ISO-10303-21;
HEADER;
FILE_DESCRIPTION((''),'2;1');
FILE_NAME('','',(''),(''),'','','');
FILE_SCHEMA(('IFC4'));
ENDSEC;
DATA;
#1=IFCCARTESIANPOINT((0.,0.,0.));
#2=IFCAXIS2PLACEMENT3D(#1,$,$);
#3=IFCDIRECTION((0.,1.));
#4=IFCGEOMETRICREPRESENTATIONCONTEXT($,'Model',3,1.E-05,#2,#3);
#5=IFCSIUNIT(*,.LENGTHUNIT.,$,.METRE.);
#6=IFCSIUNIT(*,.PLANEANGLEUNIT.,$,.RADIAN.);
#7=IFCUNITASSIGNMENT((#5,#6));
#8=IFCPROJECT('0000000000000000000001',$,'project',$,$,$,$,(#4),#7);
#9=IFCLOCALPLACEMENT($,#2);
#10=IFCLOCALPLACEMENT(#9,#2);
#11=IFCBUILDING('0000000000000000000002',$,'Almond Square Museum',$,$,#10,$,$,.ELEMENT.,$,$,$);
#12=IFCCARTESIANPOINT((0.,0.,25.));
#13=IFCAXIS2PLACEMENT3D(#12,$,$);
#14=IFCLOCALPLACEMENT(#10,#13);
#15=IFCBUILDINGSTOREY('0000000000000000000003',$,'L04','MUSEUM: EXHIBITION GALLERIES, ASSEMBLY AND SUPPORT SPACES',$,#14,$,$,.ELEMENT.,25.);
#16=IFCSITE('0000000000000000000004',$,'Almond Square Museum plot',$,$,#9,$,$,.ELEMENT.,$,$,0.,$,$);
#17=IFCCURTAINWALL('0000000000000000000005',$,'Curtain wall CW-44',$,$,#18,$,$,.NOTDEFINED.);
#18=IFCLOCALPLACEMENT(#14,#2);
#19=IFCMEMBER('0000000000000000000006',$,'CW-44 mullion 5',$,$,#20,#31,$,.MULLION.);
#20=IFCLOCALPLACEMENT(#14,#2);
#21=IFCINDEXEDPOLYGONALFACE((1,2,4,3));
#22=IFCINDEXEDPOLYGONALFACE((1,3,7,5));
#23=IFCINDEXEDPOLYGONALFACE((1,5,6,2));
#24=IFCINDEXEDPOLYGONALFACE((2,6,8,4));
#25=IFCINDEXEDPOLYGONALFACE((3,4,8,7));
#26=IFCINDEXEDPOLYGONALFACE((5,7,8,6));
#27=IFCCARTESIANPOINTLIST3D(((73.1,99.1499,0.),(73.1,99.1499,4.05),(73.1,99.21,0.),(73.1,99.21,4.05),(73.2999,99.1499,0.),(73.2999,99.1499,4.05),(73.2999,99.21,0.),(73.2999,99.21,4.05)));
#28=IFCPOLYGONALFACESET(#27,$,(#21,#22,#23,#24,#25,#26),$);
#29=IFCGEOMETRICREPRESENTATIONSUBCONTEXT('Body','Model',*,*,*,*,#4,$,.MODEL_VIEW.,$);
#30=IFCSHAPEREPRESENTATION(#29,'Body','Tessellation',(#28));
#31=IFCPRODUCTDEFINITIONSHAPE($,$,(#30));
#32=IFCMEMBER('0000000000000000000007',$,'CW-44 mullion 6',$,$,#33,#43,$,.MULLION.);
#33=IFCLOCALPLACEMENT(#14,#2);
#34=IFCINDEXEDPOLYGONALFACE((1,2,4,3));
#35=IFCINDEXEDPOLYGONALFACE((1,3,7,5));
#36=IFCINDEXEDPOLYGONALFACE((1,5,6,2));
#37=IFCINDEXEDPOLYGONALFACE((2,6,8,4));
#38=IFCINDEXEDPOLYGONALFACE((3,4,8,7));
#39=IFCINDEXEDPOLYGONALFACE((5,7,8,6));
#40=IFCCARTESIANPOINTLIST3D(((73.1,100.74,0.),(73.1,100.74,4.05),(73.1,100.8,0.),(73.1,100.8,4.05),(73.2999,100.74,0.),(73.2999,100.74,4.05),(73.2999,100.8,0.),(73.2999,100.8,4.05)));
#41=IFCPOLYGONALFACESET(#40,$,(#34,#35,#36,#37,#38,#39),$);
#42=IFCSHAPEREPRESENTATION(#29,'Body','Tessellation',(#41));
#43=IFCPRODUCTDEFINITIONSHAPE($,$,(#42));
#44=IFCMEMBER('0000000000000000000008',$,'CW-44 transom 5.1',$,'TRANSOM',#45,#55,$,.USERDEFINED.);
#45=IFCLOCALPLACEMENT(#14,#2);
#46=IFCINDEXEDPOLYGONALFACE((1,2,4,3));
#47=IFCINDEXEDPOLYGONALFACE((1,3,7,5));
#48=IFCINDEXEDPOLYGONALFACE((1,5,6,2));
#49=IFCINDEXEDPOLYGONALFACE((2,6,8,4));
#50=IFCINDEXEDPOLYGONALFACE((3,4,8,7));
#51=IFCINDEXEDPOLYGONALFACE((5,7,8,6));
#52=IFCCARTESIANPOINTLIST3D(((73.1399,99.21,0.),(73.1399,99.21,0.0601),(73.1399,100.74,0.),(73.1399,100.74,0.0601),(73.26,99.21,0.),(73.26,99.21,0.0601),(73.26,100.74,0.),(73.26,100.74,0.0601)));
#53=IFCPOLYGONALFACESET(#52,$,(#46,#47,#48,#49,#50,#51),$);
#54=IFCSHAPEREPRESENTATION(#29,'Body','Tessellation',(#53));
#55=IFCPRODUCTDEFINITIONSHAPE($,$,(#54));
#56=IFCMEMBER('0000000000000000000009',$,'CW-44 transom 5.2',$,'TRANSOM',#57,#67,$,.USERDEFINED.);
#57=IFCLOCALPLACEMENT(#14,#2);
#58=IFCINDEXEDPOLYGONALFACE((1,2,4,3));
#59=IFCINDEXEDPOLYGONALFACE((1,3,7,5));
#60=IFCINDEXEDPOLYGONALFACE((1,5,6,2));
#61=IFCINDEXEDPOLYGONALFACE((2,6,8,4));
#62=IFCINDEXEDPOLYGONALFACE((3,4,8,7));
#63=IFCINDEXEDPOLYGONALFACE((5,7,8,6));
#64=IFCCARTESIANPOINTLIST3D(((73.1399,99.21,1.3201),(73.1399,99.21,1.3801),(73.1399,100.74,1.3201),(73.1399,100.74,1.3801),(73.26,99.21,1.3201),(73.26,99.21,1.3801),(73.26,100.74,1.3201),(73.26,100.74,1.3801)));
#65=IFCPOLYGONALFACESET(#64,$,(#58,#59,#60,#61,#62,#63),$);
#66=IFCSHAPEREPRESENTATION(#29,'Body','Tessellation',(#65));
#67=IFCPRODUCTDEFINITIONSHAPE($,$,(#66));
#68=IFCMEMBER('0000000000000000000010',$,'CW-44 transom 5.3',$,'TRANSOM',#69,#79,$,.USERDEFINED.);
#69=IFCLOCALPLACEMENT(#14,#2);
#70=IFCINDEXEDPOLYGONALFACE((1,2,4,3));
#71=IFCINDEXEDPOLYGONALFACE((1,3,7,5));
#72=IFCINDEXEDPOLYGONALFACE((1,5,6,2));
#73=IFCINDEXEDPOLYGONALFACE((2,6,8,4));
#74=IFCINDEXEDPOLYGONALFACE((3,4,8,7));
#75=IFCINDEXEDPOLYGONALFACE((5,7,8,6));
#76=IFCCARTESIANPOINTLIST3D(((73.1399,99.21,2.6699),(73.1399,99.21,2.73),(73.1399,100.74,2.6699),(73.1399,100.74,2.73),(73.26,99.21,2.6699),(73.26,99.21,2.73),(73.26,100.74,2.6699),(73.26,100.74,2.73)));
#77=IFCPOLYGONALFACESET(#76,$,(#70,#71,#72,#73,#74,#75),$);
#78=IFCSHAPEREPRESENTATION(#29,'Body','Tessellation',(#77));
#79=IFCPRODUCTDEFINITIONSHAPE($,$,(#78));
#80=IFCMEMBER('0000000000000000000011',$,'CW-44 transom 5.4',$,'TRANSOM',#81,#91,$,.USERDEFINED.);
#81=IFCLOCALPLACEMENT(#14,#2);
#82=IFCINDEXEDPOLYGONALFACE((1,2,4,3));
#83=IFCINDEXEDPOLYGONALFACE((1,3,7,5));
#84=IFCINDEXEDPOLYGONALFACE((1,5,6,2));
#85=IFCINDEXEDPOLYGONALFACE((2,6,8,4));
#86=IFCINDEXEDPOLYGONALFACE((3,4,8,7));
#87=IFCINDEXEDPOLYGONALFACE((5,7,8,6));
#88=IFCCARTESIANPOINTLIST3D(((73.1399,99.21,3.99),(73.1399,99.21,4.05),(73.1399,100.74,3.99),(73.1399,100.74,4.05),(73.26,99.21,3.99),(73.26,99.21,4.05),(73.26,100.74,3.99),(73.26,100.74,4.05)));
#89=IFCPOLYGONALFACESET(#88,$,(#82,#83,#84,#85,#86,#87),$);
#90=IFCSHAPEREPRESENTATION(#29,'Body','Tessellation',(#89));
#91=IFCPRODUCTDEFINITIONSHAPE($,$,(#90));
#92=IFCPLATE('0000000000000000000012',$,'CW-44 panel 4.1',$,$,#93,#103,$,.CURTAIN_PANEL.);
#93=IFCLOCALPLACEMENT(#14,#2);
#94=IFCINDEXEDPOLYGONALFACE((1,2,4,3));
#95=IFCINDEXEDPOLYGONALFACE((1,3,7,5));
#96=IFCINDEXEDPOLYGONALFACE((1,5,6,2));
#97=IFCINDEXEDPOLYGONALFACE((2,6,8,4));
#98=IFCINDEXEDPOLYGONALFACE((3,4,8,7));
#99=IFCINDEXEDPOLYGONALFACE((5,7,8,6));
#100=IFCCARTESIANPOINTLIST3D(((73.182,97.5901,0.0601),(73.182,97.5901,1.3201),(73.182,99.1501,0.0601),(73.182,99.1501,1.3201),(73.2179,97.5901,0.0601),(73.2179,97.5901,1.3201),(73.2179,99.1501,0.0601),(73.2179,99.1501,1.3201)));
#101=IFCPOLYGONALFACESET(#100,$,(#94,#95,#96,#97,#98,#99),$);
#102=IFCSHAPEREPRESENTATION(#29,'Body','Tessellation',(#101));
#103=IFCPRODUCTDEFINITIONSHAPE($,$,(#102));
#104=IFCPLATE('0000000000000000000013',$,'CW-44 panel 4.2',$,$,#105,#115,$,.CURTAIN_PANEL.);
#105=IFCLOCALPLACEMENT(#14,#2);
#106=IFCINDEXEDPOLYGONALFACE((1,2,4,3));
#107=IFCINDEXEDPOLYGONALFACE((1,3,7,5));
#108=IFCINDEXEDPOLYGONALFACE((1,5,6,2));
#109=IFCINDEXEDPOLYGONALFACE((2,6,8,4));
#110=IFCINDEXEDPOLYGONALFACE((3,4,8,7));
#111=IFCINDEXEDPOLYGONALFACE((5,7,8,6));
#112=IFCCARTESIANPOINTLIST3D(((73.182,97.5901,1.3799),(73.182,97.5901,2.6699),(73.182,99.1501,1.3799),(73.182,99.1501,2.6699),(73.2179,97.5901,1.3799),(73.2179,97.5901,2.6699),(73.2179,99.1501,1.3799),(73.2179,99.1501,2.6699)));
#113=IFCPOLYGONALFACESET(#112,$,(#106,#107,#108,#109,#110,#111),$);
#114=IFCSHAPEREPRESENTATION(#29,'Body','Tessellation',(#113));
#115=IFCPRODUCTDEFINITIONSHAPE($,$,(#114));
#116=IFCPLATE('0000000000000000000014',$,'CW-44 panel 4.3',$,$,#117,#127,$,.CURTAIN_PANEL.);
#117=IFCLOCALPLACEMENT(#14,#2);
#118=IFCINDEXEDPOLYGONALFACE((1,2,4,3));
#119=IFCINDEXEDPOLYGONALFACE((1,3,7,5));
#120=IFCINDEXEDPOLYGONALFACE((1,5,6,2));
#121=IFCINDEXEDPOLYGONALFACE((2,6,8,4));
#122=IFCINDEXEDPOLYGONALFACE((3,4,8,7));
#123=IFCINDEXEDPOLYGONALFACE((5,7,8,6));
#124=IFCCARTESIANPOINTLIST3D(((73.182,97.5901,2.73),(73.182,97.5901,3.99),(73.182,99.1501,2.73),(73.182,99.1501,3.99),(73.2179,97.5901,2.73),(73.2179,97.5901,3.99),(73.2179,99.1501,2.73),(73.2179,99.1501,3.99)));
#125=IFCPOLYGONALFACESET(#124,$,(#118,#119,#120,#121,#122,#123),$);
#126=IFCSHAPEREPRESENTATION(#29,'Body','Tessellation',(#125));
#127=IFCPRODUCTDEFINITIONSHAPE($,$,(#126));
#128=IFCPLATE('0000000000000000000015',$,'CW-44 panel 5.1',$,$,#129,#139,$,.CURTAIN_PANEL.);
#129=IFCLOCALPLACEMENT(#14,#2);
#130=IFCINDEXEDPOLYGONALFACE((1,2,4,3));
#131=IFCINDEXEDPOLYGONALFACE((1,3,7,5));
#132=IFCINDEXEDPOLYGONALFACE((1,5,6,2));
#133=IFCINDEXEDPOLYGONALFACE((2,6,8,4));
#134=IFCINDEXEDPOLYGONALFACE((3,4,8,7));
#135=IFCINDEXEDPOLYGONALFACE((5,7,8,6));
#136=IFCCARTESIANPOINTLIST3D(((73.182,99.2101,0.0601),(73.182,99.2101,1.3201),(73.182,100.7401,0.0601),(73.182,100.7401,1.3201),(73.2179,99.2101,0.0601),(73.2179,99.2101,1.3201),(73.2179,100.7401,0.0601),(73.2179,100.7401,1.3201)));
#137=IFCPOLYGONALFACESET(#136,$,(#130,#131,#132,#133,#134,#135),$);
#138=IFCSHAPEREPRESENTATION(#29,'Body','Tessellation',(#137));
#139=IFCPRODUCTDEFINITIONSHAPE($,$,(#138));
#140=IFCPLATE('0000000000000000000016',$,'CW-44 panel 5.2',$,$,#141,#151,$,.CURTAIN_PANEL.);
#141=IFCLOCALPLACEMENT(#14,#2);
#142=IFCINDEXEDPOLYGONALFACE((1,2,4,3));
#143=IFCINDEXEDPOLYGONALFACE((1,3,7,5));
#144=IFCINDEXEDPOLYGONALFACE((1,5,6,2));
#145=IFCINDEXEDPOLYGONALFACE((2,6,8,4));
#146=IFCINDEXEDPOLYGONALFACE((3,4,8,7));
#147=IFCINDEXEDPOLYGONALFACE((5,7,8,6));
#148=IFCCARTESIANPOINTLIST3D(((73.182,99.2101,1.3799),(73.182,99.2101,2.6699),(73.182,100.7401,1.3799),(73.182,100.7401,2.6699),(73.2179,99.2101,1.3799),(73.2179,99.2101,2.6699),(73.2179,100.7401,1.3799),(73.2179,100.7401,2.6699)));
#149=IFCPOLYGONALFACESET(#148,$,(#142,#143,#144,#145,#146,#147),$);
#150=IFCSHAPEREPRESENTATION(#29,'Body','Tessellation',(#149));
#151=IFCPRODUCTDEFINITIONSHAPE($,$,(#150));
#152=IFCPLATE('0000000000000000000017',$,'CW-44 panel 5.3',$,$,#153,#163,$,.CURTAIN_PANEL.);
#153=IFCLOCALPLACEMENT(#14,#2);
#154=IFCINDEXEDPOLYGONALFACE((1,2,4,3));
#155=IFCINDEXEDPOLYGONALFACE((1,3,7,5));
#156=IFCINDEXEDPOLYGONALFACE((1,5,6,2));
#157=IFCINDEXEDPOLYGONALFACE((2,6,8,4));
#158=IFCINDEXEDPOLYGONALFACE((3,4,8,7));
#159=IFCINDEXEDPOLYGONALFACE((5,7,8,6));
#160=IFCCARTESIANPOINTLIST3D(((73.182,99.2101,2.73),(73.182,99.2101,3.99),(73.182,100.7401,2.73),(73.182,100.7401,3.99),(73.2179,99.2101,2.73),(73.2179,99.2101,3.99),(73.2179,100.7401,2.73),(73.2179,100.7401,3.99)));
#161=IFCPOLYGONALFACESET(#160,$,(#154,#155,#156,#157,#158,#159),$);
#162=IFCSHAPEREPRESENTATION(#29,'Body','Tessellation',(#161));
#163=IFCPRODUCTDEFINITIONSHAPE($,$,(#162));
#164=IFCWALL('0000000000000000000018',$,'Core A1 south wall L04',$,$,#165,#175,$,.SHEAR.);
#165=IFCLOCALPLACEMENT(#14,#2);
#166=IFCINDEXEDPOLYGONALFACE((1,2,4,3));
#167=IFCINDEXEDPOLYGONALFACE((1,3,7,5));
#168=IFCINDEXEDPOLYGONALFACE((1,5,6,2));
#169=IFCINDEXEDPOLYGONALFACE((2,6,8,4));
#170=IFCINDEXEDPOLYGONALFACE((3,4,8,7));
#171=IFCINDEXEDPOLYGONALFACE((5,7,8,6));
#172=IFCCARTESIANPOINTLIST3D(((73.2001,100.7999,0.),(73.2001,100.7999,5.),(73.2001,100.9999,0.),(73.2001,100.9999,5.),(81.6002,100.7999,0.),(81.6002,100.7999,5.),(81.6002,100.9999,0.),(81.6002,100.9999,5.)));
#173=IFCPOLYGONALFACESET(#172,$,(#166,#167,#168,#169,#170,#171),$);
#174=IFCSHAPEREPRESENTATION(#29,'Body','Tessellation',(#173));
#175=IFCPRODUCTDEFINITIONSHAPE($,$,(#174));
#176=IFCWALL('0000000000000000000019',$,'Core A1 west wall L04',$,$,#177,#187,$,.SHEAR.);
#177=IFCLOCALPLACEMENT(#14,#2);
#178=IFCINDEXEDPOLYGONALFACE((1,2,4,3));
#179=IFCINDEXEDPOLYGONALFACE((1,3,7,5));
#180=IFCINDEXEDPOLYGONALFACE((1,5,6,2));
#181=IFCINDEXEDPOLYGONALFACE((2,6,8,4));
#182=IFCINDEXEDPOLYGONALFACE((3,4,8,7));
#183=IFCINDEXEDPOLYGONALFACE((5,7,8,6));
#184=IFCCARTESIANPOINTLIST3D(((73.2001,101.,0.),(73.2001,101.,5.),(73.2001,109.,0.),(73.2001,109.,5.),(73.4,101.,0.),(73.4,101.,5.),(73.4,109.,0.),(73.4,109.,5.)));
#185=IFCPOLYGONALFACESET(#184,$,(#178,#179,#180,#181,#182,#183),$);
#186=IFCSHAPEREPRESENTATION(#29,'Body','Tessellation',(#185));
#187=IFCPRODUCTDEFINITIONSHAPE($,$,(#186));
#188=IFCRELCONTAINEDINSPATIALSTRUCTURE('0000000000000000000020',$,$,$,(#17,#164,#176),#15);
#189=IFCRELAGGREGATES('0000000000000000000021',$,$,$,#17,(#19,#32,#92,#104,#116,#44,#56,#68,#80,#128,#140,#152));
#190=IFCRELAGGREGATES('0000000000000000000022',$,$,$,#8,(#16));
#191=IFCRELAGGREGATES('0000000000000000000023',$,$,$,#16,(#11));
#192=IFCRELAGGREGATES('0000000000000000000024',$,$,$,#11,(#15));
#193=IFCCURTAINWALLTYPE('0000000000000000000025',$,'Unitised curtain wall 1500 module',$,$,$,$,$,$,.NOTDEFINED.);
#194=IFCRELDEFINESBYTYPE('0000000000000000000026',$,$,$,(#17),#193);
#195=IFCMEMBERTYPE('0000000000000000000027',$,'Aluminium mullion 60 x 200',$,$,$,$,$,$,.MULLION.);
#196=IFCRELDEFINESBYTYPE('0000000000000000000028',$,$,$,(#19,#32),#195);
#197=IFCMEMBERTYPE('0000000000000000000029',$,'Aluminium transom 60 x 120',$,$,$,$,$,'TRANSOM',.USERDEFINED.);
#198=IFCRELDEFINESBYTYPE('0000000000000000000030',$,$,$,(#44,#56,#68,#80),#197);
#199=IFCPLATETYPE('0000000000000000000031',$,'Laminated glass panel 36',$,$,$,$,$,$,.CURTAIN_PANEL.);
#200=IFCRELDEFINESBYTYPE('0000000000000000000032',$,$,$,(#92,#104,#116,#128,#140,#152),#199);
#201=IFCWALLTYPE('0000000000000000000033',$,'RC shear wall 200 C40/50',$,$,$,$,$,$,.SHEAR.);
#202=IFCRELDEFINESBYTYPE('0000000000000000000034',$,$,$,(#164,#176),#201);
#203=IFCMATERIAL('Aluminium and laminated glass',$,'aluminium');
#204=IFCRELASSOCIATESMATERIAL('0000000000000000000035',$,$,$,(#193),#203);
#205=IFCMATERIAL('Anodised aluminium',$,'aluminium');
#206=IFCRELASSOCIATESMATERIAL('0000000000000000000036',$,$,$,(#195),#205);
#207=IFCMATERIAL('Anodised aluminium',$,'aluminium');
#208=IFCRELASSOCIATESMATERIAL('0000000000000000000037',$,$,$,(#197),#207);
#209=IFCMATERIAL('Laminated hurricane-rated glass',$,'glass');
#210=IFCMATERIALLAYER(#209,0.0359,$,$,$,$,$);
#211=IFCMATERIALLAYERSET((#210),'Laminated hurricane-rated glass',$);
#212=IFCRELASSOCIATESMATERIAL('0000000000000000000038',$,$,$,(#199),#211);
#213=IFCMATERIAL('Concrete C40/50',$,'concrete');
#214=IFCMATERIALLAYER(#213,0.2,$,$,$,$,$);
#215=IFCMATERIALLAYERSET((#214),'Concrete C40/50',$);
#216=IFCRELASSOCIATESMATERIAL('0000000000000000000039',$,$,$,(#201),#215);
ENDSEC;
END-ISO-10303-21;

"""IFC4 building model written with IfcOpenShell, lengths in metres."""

from ifc_helpers import new_model, si_unit, direction, frame, frame_2d, origin, origin_2d, place, context, subcontext, project, spatial, rectangle, extrude, material, layer, layer_set, material_profile, profile_set, type_object, element, aggregate, save


model = new_model("IFC4")

# Units and contexts
model_context = context("Model", 3, precision=1e-05, world=origin(), true_north=direction((0.0, 1.0)))
body_context = subcontext(model_context, "Body", "Model", "MODEL_VIEW")
ifc_project = project(units=[si_unit("LENGTHUNIT", "METRE"), si_unit("PLANEANGLEUNIT", "RADIAN")], contexts=[model_context])

# Site, building, storey
site_placement = place(None, origin())
site = spatial("IfcSite", under=ifc_project, at=site_placement, Name="Almond Square Museum plot", CompositionType="ELEMENT", RefElevation=0.0)
building_placement = place(site_placement, origin())
building = spatial("IfcBuilding", under=site, at=building_placement, Name="Almond Square Museum", CompositionType="ELEMENT")
storey_placement = place(building_placement, frame((0.0, 0.0, 25.0)))
storey = spatial("IfcBuildingStorey", under=building, at=storey_placement, Name="L04", Description="MUSEUM: EXHIBITION GALLERIES, ASSEMBLY AND SUPPORT SPACES", CompositionType="ELEMENT", Elevation=25.0)

# Curtain wall, members, plates
ifc_material_1 = material(Name="Aluminium and laminated glass", Category="aluminium")
curtain_wall_type = type_object("IfcCurtainWallType", Name="Unitised curtain wall 1500 module", PredefinedType="NOTDEFINED", material=ifc_material_1)
curtain_wall_placement = place(storey_placement, origin())
curtain_wall = element("IfcCurtainWall", 1, at=curtain_wall_placement, inside=storey, type_object=curtain_wall_type, Name="Curtain wall CW-44", PredefinedType="NOTDEFINED")
ifc_material_2 = material(Name="Anodised aluminium", Category="aluminium")
ifc_material_profile_1 = material_profile(ifc_material_2, rectangle(XDim=0.2, YDim=0.0601, at=origin_2d()))
ifc_profile_set_1 = profile_set([ifc_material_profile_1], Name="Anodised aluminium")
member_type_1 = type_object("IfcMemberType", Name="Aluminium mullion 60 x 200", PredefinedType="MULLION", material=ifc_profile_set_1)
member_1_placement = place(storey_placement, frame((73.2, 99.1799, 0.0), z_axis=(0.0, 0.0, 1.0), x_axis=(-1.0, 0.0, 0.0)))
member_1 = element("IfcMember", 2, at=member_1_placement, type_object=member_type_1, Name="CW-44 mullion 5", PredefinedType="MULLION", context=body_context, shape_type="SweptSolid", body=[
    extrude(rectangle(XDim=0.2, YDim=0.0601, at=origin_2d()), origin(), (0.0, 0.0, 1.0), 4.05),
])
member_2_placement = place(storey_placement, frame((73.2, 100.77, 0.0), z_axis=(0.0, 0.0, 1.0), x_axis=(-1.0, 0.0, 0.0)))
member_2 = element("IfcMember", 3, at=member_2_placement, type_object=member_type_1, Name="CW-44 mullion 6", PredefinedType="MULLION", context=body_context, shape_type="SweptSolid", body=[
    extrude(rectangle(XDim=0.2, YDim=0.0601, at=origin_2d()), origin(), (0.0, 0.0, 1.0), 4.05),
])
ifc_material_3 = material(Name="Anodised aluminium", Category="aluminium")
ifc_material_profile_2 = material_profile(ifc_material_3, rectangle(XDim=0.1201, YDim=0.0601, at=origin_2d()))
ifc_profile_set_2 = profile_set([ifc_material_profile_2], Name="Anodised aluminium")
member_type_2 = type_object("IfcMemberType", Name="Aluminium transom 60 x 120", ElementType="TRANSOM", PredefinedType="USERDEFINED", material=ifc_profile_set_2)
member_3_placement = place(storey_placement, frame((73.2, 99.21, 0.03), z_axis=(0.0, 1.0, 0.0), x_axis=(-1.0, 0.0, 0.0)))
member_3 = element("IfcMember", 4, at=member_3_placement, type_object=member_type_2, Name="CW-44 transom 5.1", ObjectType="TRANSOM", PredefinedType="USERDEFINED", context=body_context, shape_type="SweptSolid", body=[
    extrude(rectangle(XDim=0.1201, YDim=0.0601, at=origin_2d()), origin(), (0.0, 0.0, 1.0), 1.53),
])
member_4_placement = place(storey_placement, frame((73.2, 99.21, 1.3501), z_axis=(0.0, 1.0, 0.0), x_axis=(-1.0, 0.0, 0.0)))
member_4 = element("IfcMember", 5, at=member_4_placement, type_object=member_type_2, Name="CW-44 transom 5.2", ObjectType="TRANSOM", PredefinedType="USERDEFINED", context=body_context, shape_type="SweptSolid", body=[
    extrude(rectangle(XDim=0.1201, YDim=0.0601, at=origin_2d()), origin(), (0.0, 0.0, 1.0), 1.53),
])
member_5_placement = place(storey_placement, frame((73.2, 99.21, 2.7), z_axis=(0.0, 1.0, 0.0), x_axis=(-1.0, 0.0, 0.0)))
member_5 = element("IfcMember", 6, at=member_5_placement, type_object=member_type_2, Name="CW-44 transom 5.3", ObjectType="TRANSOM", PredefinedType="USERDEFINED", context=body_context, shape_type="SweptSolid", body=[
    extrude(rectangle(XDim=0.1201, YDim=0.0601, at=origin_2d()), origin(), (0.0, 0.0, 1.0), 1.53),
])
member_6_placement = place(storey_placement, frame((73.2, 99.21, 4.02), z_axis=(0.0, 1.0, 0.0), x_axis=(-1.0, 0.0, 0.0)))
member_6 = element("IfcMember", 7, at=member_6_placement, type_object=member_type_2, Name="CW-44 transom 5.4", ObjectType="TRANSOM", PredefinedType="USERDEFINED", context=body_context, shape_type="SweptSolid", body=[
    extrude(rectangle(XDim=0.1201, YDim=0.0601, at=origin_2d()), origin(), (0.0, 0.0, 1.0), 1.53),
])
ifc_material_4 = material(Name="Laminated hurricane-rated glass", Category="glass")
ifc_layer_1 = layer(ifc_material_4, 0.0359)
ifc_layer_set_1 = layer_set([ifc_layer_1], Name="Laminated hurricane-rated glass")
plate_type = type_object("IfcPlateType", Name="Laminated glass panel 36", PredefinedType="CURTAIN_PANEL", material=ifc_layer_set_1)
plate_1_placement = place(storey_placement, frame((73.2, 98.3701, 0.0601), z_axis=(0.0, 0.0, 1.0), x_axis=(0.0, 1.0, 0.0)))
plate_1 = element("IfcPlate", 8, at=plate_1_placement, type_object=plate_type, Name="CW-44 panel 4.1", PredefinedType="CURTAIN_PANEL", context=body_context, shape_type="SweptSolid", body=[
    extrude(rectangle(XDim=1.5601, YDim=0.0359, at=origin_2d()), origin(), (0.0, 0.0, 1.0), 1.26),
])
plate_2_placement = place(storey_placement, frame((73.2, 98.3701, 1.3799), z_axis=(0.0, 0.0, 1.0), x_axis=(0.0, 1.0, 0.0)))
plate_2 = element("IfcPlate", 9, at=plate_2_placement, type_object=plate_type, Name="CW-44 panel 4.2", PredefinedType="CURTAIN_PANEL", context=body_context, shape_type="SweptSolid", body=[
    extrude(rectangle(XDim=1.5601, YDim=0.0359, at=origin_2d()), origin(), (0.0, 0.0, 1.0), 1.29),
])
plate_3_placement = place(storey_placement, frame((73.2, 98.3701, 2.73), z_axis=(0.0, 0.0, 1.0), x_axis=(0.0, 1.0, 0.0)))
plate_3 = element("IfcPlate", 10, at=plate_3_placement, type_object=plate_type, Name="CW-44 panel 4.3", PredefinedType="CURTAIN_PANEL", context=body_context, shape_type="SweptSolid", body=[
    extrude(rectangle(XDim=1.5601, YDim=0.0359, at=origin_2d()), origin(), (0.0, 0.0, 1.0), 1.26),
])
plate_4_placement = place(storey_placement, frame((73.2, 99.9751, 0.0601), z_axis=(0.0, 0.0, 1.0), x_axis=(0.0, 1.0, 0.0)))
plate_4 = element("IfcPlate", 11, at=plate_4_placement, type_object=plate_type, Name="CW-44 panel 5.1", PredefinedType="CURTAIN_PANEL", context=body_context, shape_type="SweptSolid", body=[
    extrude(rectangle(XDim=1.53, YDim=0.0359, at=origin_2d()), origin(), (0.0, 0.0, 1.0), 1.26),
])
plate_5_placement = place(storey_placement, frame((73.2, 99.9751, 1.3799), z_axis=(0.0, 0.0, 1.0), x_axis=(0.0, 1.0, 0.0)))
plate_5 = element("IfcPlate", 12, at=plate_5_placement, type_object=plate_type, Name="CW-44 panel 5.2", PredefinedType="CURTAIN_PANEL", context=body_context, shape_type="SweptSolid", body=[
    extrude(rectangle(XDim=1.53, YDim=0.0359, at=origin_2d()), origin(), (0.0, 0.0, 1.0), 1.29),
])
plate_6_placement = place(storey_placement, frame((73.2, 99.9751, 2.73), z_axis=(0.0, 0.0, 1.0), x_axis=(0.0, 1.0, 0.0)))
plate_6 = element("IfcPlate", 13, at=plate_6_placement, type_object=plate_type, Name="CW-44 panel 5.3", PredefinedType="CURTAIN_PANEL", context=body_context, shape_type="SweptSolid", body=[
    extrude(rectangle(XDim=1.53, YDim=0.0359, at=origin_2d()), origin(), (0.0, 0.0, 1.0), 1.26),
])
aggregate(curtain_wall, [member_1, member_2, plate_1, plate_2, plate_3, member_3, member_4, member_5, member_6, plate_4, plate_5, plate_6])

# Walls
ifc_material_5 = material(Name="Concrete C40/50", Category="concrete")
ifc_layer_2 = layer(ifc_material_5, 0.2)
ifc_layer_set_2 = layer_set([ifc_layer_2], Name="Concrete C40/50")
wall_type = type_object("IfcWallType", Name="RC shear wall 200 C40/50", PredefinedType="SHEAR", material=ifc_layer_set_2)
wall_1_placement = place(storey_placement, frame((73.2, 100.8999, 0.0), z_axis=(0.0, 0.0, 1.0), x_axis=(1.0, 0.0, 0.0)))
element("IfcWall", 14, at=wall_1_placement, inside=storey, type_object=wall_type, Name="Core A1 south wall L04", PredefinedType="SHEAR", context=body_context, shape_type="SweptSolid", body=[
    extrude(rectangle(XDim=8.4001, YDim=0.2, at=frame_2d((4.2002, 0.0))), origin(), (0.0, 0.0, 1.0), 5.0),
])
wall_2_placement = place(storey_placement, frame((73.3, 101.0, 0.0), z_axis=(0.0, 0.0, 1.0), x_axis=(0.0, 1.0, 0.0)))
element("IfcWall", 15, at=wall_2_placement, inside=storey, type_object=wall_type, Name="Core A1 west wall L04", PredefinedType="SHEAR", context=body_context, shape_type="SweptSolid", body=[
    extrude(rectangle(XDim=8.0, YDim=0.2, at=frame_2d((4.0, 0.0))), origin(), (0.0, 0.0, 1.0), 5.0),
])

save(model, "model.ifc")
